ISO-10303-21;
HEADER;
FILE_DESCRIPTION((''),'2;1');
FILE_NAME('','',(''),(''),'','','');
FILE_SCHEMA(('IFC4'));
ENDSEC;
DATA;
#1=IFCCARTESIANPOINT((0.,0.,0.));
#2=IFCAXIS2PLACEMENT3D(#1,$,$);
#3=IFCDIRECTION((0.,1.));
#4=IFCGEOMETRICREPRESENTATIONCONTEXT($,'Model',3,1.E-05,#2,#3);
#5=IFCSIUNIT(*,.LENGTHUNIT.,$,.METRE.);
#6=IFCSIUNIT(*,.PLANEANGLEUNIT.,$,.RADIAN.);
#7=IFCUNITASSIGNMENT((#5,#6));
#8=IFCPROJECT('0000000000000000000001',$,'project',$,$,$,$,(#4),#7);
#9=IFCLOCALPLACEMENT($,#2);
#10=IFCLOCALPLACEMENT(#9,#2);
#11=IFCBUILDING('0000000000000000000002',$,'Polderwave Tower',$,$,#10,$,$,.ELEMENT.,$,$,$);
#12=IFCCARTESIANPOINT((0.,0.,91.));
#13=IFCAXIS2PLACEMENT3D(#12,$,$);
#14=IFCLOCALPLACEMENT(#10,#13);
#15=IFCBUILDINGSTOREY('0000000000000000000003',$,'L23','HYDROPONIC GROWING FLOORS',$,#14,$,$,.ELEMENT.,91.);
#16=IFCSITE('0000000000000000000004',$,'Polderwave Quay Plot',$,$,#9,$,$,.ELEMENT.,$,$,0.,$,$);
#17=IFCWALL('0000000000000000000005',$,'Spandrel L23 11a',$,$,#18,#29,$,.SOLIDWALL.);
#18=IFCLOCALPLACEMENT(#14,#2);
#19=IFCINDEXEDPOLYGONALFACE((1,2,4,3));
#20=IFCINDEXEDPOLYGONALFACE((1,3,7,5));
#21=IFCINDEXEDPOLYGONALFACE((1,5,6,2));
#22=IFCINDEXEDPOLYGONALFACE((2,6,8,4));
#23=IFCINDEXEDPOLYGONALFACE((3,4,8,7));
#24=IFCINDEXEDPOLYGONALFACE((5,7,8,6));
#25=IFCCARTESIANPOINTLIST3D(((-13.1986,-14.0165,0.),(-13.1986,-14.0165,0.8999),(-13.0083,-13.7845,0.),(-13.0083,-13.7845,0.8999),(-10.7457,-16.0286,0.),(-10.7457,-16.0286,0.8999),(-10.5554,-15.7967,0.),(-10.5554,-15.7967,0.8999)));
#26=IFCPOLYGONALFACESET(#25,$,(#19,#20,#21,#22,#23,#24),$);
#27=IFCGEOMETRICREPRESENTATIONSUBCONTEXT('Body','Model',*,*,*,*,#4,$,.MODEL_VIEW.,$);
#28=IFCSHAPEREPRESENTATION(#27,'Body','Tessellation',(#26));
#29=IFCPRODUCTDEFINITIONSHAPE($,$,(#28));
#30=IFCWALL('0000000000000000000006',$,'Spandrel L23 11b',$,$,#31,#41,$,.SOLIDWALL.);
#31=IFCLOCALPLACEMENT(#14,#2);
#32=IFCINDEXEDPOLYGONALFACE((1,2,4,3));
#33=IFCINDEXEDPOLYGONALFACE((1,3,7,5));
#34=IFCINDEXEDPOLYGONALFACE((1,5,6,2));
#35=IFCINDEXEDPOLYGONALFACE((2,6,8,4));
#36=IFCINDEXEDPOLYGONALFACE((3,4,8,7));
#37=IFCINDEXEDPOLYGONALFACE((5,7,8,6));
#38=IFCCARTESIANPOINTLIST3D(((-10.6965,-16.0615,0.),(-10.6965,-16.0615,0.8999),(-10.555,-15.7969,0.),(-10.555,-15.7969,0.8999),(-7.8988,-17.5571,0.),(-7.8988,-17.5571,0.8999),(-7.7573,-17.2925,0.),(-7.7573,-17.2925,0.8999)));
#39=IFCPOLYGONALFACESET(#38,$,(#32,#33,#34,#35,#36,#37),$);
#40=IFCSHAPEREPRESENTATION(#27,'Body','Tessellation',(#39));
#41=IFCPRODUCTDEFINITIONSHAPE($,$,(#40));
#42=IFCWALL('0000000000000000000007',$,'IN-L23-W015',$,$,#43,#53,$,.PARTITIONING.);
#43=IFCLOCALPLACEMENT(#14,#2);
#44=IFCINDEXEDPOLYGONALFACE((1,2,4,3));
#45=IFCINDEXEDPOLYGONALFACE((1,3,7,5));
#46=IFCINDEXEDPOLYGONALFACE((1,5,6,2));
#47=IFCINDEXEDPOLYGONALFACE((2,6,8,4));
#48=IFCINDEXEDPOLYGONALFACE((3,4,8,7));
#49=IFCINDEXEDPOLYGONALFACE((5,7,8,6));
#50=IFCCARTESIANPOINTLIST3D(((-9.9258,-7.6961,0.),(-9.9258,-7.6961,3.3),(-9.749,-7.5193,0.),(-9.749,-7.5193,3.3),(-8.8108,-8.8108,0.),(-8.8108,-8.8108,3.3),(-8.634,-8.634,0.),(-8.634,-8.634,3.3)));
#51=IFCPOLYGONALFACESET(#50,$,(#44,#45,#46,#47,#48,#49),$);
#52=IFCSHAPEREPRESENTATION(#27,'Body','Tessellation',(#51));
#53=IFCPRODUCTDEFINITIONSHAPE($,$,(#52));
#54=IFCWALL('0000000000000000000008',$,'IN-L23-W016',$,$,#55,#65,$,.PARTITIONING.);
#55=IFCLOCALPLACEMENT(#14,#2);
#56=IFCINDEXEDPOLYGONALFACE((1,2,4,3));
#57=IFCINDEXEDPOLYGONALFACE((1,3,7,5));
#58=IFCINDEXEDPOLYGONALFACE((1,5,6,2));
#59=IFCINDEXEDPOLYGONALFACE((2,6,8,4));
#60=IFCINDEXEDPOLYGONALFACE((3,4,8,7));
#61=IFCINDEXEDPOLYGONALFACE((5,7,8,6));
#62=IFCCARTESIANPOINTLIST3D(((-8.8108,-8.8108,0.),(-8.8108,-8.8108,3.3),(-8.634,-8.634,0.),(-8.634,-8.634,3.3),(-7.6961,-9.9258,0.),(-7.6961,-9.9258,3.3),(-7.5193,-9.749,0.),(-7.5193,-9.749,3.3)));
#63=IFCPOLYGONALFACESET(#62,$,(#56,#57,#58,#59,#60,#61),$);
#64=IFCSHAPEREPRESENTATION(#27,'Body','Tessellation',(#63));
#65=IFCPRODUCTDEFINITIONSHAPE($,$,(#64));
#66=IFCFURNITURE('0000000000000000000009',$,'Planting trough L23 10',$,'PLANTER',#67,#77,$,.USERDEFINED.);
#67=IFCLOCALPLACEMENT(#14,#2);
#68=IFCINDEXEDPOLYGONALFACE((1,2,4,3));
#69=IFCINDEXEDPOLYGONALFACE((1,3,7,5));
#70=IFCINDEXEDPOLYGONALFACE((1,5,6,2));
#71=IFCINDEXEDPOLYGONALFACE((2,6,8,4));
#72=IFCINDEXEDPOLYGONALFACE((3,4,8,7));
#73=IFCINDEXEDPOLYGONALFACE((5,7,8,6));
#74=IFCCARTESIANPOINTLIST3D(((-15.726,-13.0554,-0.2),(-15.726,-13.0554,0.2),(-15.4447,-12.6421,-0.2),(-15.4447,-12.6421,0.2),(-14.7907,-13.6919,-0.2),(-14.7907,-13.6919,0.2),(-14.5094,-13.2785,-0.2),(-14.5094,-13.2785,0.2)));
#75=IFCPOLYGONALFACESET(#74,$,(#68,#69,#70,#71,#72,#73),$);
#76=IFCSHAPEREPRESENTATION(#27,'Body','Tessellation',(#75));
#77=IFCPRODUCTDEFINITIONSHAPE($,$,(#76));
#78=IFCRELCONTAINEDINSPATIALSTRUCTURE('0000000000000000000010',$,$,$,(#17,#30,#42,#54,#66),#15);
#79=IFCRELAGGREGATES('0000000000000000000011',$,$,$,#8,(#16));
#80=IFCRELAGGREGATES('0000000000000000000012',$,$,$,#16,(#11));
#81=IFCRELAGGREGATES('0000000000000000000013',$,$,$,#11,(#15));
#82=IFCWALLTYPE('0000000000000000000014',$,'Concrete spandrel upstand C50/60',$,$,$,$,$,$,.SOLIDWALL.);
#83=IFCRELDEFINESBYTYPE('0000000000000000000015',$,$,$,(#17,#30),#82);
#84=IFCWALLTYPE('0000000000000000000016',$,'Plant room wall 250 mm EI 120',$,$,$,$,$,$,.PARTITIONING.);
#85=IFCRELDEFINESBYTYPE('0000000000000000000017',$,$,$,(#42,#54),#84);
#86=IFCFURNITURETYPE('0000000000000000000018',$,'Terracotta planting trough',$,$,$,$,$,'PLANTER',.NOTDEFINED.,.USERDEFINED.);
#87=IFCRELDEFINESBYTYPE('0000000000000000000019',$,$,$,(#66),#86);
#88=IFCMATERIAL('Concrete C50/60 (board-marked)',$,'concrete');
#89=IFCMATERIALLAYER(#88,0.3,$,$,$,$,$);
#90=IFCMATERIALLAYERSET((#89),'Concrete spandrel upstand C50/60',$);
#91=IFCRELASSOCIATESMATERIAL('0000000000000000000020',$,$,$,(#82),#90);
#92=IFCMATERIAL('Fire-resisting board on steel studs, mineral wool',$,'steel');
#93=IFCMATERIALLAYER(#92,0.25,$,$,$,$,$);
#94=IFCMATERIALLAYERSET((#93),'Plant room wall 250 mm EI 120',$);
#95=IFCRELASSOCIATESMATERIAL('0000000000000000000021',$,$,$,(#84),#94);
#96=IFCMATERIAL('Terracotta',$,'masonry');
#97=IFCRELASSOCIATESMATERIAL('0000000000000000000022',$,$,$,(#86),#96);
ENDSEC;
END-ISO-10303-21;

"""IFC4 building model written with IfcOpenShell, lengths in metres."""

from ifc_helpers import new_model, si_unit, direction, frame, frame_2d, origin, origin_2d, place, context, subcontext, project, spatial, rectangle, extrude, material, layer, layer_set, type_object, element, save


model = new_model("IFC4")

# Units and contexts
model_context = context("Model", 3, precision=1e-05, world=origin(), true_north=direction((0.0, 1.0)))
body_context = subcontext(model_context, "Body", "Model", "MODEL_VIEW")
ifc_project = project(units=[si_unit("LENGTHUNIT", "METRE"), si_unit("PLANEANGLEUNIT", "RADIAN")], contexts=[model_context])

# Site, building, storey
site_placement = place(None, origin())
site = spatial("IfcSite", under=ifc_project, at=site_placement, Name="Polderwave Quay Plot", CompositionType="ELEMENT", RefElevation=0.0)
building_placement = place(site_placement, origin())
building = spatial("IfcBuilding", under=site, at=building_placement, Name="Polderwave Tower", CompositionType="ELEMENT")
storey_placement = place(building_placement, frame((0.0, 0.0, 91.0)))
storey = spatial("IfcBuildingStorey", under=building, at=storey_placement, Name="L23", Description="HYDROPONIC GROWING FLOORS", CompositionType="ELEMENT", Elevation=91.0)

# Walls
ifc_material_1 = material(Name="Concrete C50/60 (board-marked)", Category="concrete")
ifc_layer_1 = layer(ifc_material_1, 0.3)
ifc_layer_set_1 = layer_set([ifc_layer_1], Name="Concrete spandrel upstand C50/60")
wall_type_1 = type_object("IfcWallType", Name="Concrete spandrel upstand C50/60", PredefinedType="SOLIDWALL", material=ifc_layer_set_1)
for number, where, z_axis, x_axis, name in (
    (1, (-13.1035, -13.9004, 0.0), (0.0, 0.0, 1.0), (0.773137, -0.634239, 0.0), "Spandrel L23 11a"),
):
    element("IfcWall", number, at=place(storey_placement, frame(where, z_axis=z_axis, x_axis=x_axis)), inside=storey, type_object=wall_type_1, Name=name, PredefinedType="SOLIDWALL", context=body_context, shape_type="SweptSolid", body=[
        extrude(rectangle(XDim=3.1726, YDim=0.3, at=frame_2d((1.5864, 0.0))), origin(), (0.0, 0.0, 1.0), 0.8999),
    ])
wall_placement = place(storey_placement, frame((-10.6257, -15.9292, 0.0), z_axis=(0.0, 0.0, 1.0), x_axis=(0.881888, -0.471459, 0.0)))
element("IfcWall", 2, at=wall_placement, inside=storey, type_object=wall_type_1, Name="Spandrel L23 11b", PredefinedType="SOLIDWALL", context=body_context, shape_type="SweptSolid", body=[
    extrude(rectangle(XDim=3.1724, YDim=0.3, at=frame_2d((1.5862, 0.0))), origin(), (0.0, 0.0, 1.0), 0.8999),
])
ifc_material_2 = material(Name="Fire-resisting board on steel studs, mineral wool", Category="steel")
ifc_layer_2 = layer(ifc_material_2, 0.25)
ifc_layer_set_2 = layer_set([ifc_layer_2], Name="Plant room wall 250 mm EI 120")
wall_type_2 = type_object("IfcWallType", Name="Plant room wall 250 mm EI 120", PredefinedType="PARTITIONING", material=ifc_layer_set_2)
for number, where, z_axis, x_axis, name in (
    (3, (-8.7224, -8.7224, 0.0), (0.0, 0.0, 1.0), (-0.707184, 0.707029, 0.0), "IN-L23-W015"),
    (4, (-7.6077, -9.8374, 0.0), (0.0, 0.0, 1.0), (-0.707029, 0.707184, 0.0), "IN-L23-W016"),
):
    element("IfcWall", number, at=place(storey_placement, frame(where, z_axis=z_axis, x_axis=x_axis)), inside=storey, type_object=wall_type_2, Name=name, PredefinedType="PARTITIONING", context=body_context, shape_type="SweptSolid", body=[
        extrude(rectangle(XDim=1.5767, YDim=0.25, at=frame_2d((0.7883, 0.0))), origin(), (0.0, 0.0, 1.0), 3.3),
    ])

# Furniture
ifc_material_3 = material(Name="Terracotta", Category="masonry")
furniture_type = type_object("IfcFurnitureType", Name="Terracotta planting trough", ElementType="PLANTER", AssemblyPlace="NOTDEFINED", PredefinedType="USERDEFINED", material=ifc_material_3)
furniture_placement = place(storey_placement, frame((-15.1177, -13.167, -0.2), z_axis=(0.0, 0.0, 1.0), x_axis=(0.826739, -0.562586, 0.0)))
element("IfcFurniture", 5, at=furniture_placement, inside=storey, type_object=furniture_type, Name="Planting trough L23 10", ObjectType="PLANTER", PredefinedType="USERDEFINED", context=body_context, shape_type="SweptSolid", body=[
    extrude(rectangle(XDim=1.1313, YDim=0.5, at=origin_2d()), origin(), (0.0, 0.0, 1.0), 0.3999),
])

save(model, "model.ifc")
